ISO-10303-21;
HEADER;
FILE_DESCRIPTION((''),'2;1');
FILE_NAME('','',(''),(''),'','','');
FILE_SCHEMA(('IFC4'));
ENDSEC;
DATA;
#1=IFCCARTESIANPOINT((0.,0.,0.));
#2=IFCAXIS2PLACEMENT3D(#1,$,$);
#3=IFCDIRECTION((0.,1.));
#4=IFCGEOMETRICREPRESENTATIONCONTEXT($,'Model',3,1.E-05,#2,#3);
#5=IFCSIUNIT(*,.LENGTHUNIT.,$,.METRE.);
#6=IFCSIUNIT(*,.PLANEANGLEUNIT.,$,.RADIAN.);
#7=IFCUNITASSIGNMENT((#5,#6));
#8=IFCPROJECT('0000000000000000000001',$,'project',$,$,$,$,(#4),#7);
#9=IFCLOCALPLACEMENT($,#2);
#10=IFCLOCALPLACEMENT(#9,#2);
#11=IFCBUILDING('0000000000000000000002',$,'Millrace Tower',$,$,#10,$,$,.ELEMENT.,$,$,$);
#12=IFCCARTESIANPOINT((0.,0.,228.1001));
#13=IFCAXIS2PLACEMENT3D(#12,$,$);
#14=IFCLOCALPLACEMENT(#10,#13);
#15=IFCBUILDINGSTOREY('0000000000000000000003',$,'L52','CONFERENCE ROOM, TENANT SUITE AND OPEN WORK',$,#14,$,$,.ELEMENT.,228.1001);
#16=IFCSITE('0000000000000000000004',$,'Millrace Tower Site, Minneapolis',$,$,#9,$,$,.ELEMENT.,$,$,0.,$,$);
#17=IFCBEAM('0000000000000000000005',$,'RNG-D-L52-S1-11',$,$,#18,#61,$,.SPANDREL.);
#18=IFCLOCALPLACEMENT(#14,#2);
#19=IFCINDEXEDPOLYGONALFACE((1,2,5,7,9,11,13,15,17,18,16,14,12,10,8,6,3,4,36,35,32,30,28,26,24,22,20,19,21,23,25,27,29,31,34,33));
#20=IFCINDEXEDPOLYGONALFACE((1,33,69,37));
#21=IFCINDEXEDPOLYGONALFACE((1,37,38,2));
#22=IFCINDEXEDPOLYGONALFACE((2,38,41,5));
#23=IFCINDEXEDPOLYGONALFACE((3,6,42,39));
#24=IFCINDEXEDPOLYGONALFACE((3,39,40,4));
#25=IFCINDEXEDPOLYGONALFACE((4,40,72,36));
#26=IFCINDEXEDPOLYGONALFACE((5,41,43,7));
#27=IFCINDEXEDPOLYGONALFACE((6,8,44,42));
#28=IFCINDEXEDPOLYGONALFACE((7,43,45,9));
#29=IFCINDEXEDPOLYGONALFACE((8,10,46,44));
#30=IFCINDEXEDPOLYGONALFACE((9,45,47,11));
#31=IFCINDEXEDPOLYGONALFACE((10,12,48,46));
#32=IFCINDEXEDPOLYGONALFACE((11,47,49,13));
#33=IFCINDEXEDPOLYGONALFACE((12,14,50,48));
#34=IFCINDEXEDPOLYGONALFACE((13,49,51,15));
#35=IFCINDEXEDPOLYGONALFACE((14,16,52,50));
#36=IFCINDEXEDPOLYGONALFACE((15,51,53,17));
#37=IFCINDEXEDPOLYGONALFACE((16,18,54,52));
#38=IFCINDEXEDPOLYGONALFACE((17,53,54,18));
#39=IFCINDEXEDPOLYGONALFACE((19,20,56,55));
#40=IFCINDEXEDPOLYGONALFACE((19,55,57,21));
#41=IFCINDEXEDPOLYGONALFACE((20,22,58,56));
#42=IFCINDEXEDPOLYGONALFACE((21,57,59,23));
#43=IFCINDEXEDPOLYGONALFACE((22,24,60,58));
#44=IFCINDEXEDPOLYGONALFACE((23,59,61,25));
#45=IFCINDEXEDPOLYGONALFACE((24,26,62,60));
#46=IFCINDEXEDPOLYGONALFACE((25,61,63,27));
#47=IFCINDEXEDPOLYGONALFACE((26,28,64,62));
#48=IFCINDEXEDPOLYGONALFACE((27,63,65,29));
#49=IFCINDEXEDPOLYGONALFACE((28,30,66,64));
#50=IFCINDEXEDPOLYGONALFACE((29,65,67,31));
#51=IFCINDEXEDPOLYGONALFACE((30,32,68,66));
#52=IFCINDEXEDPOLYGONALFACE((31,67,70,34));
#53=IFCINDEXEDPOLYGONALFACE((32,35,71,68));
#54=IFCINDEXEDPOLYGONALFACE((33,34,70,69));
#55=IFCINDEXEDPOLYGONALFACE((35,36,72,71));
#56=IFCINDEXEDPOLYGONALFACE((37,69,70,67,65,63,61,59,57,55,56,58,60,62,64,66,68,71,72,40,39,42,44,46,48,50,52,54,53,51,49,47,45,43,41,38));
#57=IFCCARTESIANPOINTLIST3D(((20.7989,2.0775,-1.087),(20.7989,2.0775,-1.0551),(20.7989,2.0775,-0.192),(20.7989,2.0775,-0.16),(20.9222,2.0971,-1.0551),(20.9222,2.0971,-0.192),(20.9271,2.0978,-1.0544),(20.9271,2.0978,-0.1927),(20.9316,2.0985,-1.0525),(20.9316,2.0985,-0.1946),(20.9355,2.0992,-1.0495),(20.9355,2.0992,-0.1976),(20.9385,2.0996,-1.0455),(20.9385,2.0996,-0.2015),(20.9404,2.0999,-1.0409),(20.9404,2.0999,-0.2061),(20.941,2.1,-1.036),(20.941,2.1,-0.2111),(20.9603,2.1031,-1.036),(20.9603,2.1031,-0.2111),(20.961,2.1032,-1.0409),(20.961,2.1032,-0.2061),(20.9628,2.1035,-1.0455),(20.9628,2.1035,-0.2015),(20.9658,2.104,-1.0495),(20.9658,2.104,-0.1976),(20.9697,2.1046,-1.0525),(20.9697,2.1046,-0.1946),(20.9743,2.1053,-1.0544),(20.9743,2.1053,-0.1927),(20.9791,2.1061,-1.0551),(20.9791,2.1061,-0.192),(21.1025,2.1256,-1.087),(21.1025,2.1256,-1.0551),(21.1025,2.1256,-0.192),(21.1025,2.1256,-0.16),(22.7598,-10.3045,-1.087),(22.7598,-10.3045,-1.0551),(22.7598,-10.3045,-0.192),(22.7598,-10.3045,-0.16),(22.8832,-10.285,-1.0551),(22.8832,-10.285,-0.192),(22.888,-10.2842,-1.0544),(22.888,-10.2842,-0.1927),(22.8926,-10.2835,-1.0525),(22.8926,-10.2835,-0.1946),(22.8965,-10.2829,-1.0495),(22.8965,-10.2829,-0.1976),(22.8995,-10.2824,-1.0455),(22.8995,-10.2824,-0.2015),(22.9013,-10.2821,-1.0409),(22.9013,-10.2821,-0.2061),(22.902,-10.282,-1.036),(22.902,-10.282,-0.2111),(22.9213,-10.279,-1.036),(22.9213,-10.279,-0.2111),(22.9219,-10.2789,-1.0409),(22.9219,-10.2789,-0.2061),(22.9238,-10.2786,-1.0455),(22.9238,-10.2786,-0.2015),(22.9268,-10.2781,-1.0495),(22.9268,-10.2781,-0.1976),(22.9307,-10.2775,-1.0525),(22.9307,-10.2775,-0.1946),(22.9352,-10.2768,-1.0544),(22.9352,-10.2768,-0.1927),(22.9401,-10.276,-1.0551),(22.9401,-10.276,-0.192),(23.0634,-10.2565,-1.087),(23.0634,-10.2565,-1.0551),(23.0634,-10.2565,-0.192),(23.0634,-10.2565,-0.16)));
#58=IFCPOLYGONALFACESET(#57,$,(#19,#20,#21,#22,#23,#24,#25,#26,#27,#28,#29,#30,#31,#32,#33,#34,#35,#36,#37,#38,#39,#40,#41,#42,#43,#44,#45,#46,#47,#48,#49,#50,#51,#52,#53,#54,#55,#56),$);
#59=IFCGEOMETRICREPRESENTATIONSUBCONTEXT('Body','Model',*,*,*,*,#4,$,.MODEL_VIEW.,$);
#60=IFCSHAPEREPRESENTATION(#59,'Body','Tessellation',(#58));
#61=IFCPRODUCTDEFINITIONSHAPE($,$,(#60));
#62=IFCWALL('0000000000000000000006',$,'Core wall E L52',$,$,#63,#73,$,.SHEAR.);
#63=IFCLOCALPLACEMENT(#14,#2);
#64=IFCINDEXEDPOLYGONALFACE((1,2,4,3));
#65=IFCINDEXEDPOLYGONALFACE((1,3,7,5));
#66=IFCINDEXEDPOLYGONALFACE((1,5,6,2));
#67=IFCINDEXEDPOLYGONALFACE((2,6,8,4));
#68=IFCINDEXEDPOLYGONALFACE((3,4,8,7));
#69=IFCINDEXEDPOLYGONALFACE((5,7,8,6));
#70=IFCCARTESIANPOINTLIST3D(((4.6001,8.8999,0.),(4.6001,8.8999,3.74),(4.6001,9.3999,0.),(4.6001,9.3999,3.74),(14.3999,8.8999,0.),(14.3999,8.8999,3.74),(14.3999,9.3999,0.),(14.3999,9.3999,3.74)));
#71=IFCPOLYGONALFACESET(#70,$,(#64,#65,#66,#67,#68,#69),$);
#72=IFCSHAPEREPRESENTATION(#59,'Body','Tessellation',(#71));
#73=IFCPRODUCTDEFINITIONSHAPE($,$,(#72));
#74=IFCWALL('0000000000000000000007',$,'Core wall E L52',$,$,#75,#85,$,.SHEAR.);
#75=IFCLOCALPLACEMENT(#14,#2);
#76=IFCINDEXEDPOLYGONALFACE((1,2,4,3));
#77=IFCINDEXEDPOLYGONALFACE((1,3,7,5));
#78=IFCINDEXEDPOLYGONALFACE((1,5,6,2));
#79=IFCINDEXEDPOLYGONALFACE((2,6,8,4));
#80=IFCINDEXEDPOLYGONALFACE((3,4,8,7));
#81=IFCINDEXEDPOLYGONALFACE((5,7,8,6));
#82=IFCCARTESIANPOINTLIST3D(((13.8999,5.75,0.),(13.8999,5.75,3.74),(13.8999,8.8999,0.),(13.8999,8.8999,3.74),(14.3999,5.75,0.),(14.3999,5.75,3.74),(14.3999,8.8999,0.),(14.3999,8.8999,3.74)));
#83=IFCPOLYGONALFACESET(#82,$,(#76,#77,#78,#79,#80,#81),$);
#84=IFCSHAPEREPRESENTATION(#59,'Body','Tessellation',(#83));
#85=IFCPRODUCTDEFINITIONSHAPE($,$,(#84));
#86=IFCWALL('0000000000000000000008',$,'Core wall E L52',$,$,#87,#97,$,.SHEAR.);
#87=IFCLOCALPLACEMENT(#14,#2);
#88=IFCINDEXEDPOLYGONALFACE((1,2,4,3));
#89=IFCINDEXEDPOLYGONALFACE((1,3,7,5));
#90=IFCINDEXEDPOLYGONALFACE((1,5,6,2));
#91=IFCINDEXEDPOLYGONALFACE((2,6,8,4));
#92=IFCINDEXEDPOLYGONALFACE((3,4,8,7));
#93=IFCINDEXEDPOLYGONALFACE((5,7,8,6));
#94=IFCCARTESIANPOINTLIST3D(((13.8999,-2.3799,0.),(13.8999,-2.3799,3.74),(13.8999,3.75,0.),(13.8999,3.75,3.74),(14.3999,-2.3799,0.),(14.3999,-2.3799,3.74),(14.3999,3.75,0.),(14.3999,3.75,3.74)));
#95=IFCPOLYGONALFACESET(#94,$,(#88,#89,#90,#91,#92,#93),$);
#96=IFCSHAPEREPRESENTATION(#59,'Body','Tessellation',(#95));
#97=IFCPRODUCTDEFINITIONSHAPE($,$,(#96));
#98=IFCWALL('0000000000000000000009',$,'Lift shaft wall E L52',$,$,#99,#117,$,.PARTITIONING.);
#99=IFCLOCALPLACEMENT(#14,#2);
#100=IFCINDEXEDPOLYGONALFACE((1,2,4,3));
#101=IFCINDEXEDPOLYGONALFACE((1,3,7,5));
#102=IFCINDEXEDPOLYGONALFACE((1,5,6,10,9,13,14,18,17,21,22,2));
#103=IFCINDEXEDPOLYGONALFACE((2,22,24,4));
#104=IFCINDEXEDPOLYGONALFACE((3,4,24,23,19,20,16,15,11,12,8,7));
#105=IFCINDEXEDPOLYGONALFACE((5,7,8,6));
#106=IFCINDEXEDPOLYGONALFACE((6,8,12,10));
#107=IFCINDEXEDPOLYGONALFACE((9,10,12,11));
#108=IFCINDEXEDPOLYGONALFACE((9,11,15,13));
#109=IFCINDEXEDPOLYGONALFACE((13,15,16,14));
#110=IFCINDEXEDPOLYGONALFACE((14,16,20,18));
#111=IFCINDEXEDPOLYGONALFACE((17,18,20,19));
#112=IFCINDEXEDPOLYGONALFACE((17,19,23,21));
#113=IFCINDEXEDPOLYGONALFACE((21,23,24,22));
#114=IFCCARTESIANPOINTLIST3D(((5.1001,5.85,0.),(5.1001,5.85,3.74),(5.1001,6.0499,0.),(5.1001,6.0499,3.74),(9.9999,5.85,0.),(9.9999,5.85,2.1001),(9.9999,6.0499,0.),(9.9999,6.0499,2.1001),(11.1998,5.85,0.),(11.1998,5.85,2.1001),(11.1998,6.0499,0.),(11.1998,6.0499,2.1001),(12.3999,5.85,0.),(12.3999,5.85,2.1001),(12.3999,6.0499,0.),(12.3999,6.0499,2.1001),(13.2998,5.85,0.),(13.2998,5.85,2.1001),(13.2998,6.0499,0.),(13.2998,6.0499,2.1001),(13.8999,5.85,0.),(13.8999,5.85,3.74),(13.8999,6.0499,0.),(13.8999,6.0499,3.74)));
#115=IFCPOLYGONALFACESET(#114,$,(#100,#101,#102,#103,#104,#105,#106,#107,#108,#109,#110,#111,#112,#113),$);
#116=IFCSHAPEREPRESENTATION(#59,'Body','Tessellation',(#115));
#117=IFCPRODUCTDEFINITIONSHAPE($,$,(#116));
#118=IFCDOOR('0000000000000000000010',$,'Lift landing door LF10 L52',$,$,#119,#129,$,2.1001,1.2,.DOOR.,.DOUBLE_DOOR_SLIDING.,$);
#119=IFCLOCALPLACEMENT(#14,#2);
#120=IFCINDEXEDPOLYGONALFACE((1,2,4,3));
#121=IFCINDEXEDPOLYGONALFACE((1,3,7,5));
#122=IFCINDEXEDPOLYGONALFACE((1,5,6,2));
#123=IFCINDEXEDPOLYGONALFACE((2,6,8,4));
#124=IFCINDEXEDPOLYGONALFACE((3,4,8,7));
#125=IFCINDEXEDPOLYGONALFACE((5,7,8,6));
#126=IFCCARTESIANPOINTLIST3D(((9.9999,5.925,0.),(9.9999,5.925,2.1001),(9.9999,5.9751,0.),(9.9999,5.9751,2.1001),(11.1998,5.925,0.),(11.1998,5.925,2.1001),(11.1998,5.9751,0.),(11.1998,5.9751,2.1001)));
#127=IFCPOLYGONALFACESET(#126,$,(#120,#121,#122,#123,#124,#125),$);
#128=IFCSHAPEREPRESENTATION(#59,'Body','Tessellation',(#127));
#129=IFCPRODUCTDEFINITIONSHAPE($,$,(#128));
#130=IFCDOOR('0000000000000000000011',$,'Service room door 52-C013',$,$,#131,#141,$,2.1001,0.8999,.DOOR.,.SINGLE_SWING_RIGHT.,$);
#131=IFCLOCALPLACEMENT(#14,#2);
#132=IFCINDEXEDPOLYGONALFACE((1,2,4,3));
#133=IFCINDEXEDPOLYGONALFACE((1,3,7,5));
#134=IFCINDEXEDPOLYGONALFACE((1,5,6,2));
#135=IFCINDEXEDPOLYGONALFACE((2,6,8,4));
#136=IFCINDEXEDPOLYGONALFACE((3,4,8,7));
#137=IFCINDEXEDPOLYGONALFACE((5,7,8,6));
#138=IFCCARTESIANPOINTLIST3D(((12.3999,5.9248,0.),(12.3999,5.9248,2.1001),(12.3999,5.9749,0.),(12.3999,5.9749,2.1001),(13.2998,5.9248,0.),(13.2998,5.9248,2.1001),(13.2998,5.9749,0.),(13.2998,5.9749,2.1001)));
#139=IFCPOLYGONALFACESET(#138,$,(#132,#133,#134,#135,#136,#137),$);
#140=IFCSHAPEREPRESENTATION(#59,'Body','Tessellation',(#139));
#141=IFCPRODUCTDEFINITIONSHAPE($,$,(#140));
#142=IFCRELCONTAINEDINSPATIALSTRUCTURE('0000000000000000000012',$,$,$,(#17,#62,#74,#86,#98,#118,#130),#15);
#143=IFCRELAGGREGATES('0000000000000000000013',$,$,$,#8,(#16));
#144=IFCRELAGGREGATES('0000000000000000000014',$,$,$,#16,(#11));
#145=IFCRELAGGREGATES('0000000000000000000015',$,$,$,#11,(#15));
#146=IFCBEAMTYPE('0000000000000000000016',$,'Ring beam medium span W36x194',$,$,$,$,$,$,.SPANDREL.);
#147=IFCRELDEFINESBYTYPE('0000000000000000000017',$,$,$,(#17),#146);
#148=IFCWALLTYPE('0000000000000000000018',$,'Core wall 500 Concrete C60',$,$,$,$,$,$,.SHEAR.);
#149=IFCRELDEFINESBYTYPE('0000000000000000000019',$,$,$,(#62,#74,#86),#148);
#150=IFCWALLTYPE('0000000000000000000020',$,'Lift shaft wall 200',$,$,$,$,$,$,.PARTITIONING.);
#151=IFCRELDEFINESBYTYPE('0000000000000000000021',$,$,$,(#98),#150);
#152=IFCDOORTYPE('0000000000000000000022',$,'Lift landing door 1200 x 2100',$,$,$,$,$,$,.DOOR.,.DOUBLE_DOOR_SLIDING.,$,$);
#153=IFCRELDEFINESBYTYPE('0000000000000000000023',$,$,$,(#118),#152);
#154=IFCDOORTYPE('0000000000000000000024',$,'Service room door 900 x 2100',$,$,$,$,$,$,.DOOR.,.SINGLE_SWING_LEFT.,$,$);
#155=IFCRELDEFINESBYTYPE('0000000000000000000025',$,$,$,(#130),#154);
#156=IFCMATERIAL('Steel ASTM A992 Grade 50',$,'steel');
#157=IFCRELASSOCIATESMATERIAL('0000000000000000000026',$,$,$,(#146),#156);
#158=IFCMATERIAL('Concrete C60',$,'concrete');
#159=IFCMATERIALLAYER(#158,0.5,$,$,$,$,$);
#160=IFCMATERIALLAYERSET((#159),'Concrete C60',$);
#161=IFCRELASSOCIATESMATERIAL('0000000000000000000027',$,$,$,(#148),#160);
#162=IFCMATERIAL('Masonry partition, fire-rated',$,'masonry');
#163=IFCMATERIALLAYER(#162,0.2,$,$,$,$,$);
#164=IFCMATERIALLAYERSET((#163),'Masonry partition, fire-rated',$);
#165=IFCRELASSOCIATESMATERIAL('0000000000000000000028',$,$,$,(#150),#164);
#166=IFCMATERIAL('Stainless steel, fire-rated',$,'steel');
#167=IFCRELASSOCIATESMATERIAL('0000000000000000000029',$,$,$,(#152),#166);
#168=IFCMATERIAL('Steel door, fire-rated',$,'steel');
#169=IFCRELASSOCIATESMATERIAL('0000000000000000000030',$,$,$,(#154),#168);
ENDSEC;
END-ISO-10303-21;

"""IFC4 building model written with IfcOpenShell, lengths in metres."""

from ifc_helpers import new_model, si_unit, direction, frame, frame_2d, origin, origin_2d, place, context, subcontext, project, spatial, rectangle, i_section, extrude, material, layer, layer_set, material_profile, profile_set, type_object, element, fill, save


model = new_model("IFC4")

# Units and contexts
model_context = context("Model", 3, precision=1e-05, world=origin(), true_north=direction((0.0, 1.0)))
body_context = subcontext(model_context, "Body", "Model", "MODEL_VIEW")
ifc_project = project(units=[si_unit("LENGTHUNIT", "METRE"), si_unit("PLANEANGLEUNIT", "RADIAN")], contexts=[model_context])

# Site, building, storey
site_placement = place(None, origin())
site = spatial("IfcSite", under=ifc_project, at=site_placement, Name="Millrace Tower Site, Minneapolis", CompositionType="ELEMENT", RefElevation=0.0)
building_placement = place(site_placement, origin())
building = spatial("IfcBuilding", under=site, at=building_placement, Name="Millrace Tower", CompositionType="ELEMENT")
storey_placement = place(building_placement, frame((0.0, 0.0, 228.1001)))
storey = spatial("IfcBuildingStorey", under=building, at=storey_placement, Name="L52", Description="CONFERENCE ROOM, TENANT SUITE AND OPEN WORK", CompositionType="ELEMENT", Elevation=228.1001)

# Beam
ifc_material_1 = material(Name="Steel ASTM A992 Grade 50", Category="steel")
ifc_material_profile_1 = material_profile(ifc_material_1, i_section(OverallWidth=0.3074, OverallDepth=0.927, WebThickness=0.0195, FlangeThickness=0.032, FilletRadius=0.019, at=origin_2d()))
ifc_profile_set_1 = profile_set([ifc_material_profile_1], Name="Steel ASTM A992 Grade 50")
beam_type_1 = type_object("IfcBeamType", Name="Ring beam medium span W36x194", PredefinedType="SPANDREL", material=ifc_profile_set_1)
beam_1_placement = place(storey_placement, frame((20.9507, 2.1016, -0.6235), z_axis=(0.15642, -0.987691, 0.0), x_axis=(0.987691, 0.15642, 0.0)))
element("IfcBeam", 1, at=beam_1_placement, inside=storey, type_object=beam_type_1, Name="RNG-D-L52-S1-11", PredefinedType="SPANDREL", context=body_context, shape_type="SweptSolid", body=[
    extrude(i_section(OverallWidth=0.3074, OverallDepth=0.927, WebThickness=0.0195, FlangeThickness=0.032, FilletRadius=0.019, at=origin_2d()), origin(), (0.0, 0.0, 1.0), 12.5364),
])

# Walls
ifc_material_2 = material(Name="Concrete C60", Category="concrete")
ifc_layer_1 = layer(ifc_material_2, 0.5)
ifc_layer_set_1 = layer_set([ifc_layer_1], Name="Concrete C60")
wall_type_1 = type_object("IfcWallType", Name="Core wall 500 Concrete C60", PredefinedType="SHEAR", material=ifc_layer_set_1)
wall_1_placement = place(storey_placement, frame((14.3999, 9.1499, 0.0), z_axis=(0.0, 0.0, 1.0), x_axis=(-1.0, 0.0, 0.0)))
element("IfcWall", 2, at=wall_1_placement, inside=storey, type_object=wall_type_1, Name="Core wall E L52", PredefinedType="SHEAR", context=body_context, shape_type="SweptSolid", body=[
    extrude(rectangle(XDim=9.7998, YDim=0.5, at=frame_2d((4.8999, 0.0))), origin(), (0.0, 0.0, 1.0), 3.74),
])
wall_2_placement = place(storey_placement, frame((14.1499, 8.8999, 0.0), z_axis=(0.0, 0.0, 1.0), x_axis=(0.0, -1.0, 0.0)))
element("IfcWall", 3, at=wall_2_placement, inside=storey, type_object=wall_type_1, Name="Core wall E L52", PredefinedType="SHEAR", context=body_context, shape_type="SweptSolid", body=[
    extrude(rectangle(XDim=3.1499, YDim=0.5, at=frame_2d((1.575, 0.0))), origin(), (0.0, 0.0, 1.0), 3.74),
])
wall_3_placement = place(storey_placement, frame((14.1499, 3.75, 0.0), z_axis=(0.0, 0.0, 1.0), x_axis=(0.0, -1.0, 0.0)))
element("IfcWall", 4, at=wall_3_placement, inside=storey, type_object=wall_type_1, Name="Core wall E L52", PredefinedType="SHEAR", context=body_context, shape_type="SweptSolid", body=[
    extrude(rectangle(XDim=6.1299, YDim=0.5, at=frame_2d((3.0649, 0.0))), origin(), (0.0, 0.0, 1.0), 3.74),
])

# Wall, openings, doors
ifc_material_3 = material(Name="Masonry partition, fire-rated", Category="masonry")
ifc_layer_2 = layer(ifc_material_3, 0.2)
ifc_layer_set_2 = layer_set([ifc_layer_2], Name="Masonry partition, fire-rated")
wall_type_2 = type_object("IfcWallType", Name="Lift shaft wall 200", PredefinedType="PARTITIONING", material=ifc_layer_set_2)
wall_4_placement = place(storey_placement, frame((13.8999, 5.95, 0.0), z_axis=(0.0, 0.0, 1.0), x_axis=(-1.0, 0.0, 0.0)))
wall_4 = element("IfcWall", 5, at=wall_4_placement, inside=storey, type_object=wall_type_2, Name="Lift shaft wall E L52", PredefinedType="PARTITIONING", context=body_context, shape_type="SweptSolid", body=[
    extrude(rectangle(XDim=8.7998, YDim=0.2, at=frame_2d((4.3999, 0.0))), origin(), (0.0, 0.0, 1.0), 3.74),
])
opening_1_placement = place(wall_4_placement, frame((2.7, 0.0, 0.0)))
opening_1 = element("IfcOpeningElement", 6, at=opening_1_placement, cuts=wall_4, PredefinedType="OPENING", context=body_context, shape_type="SweptSolid", body=[
    extrude(rectangle(XDim=1.2, YDim=2.1001, at=frame_2d((0.6001, 1.05))), frame((0.0, 0.1099, 0.0), z_axis=(0.0, -1.0, 0.0), x_axis=(1.0, 0.0, 0.0)), (0.0, 0.0, 1.0), 0.22),
])
opening_2_placement = place(wall_4_placement, frame((0.6001, 0.0, 0.0)))
opening_2 = element("IfcOpeningElement", 7, at=opening_2_placement, cuts=wall_4, PredefinedType="OPENING", context=body_context, shape_type="SweptSolid", body=[
    extrude(rectangle(XDim=0.8999, YDim=2.1001, at=frame_2d((0.45, 1.05))), frame((0.0, 0.1099, 0.0), z_axis=(0.0, -1.0, 0.0), x_axis=(1.0, 0.0, 0.0)), (0.0, 0.0, 1.0), 0.22),
])
ifc_material_4 = material(Name="Stainless steel, fire-rated", Category="steel")
door_type_1 = type_object("IfcDoorType", Name="Lift landing door 1200 x 2100", OperationType="DOUBLE_DOOR_SLIDING", PredefinedType="DOOR", material=ifc_material_4)
door_1_placement = place(opening_1_placement, origin())
door_1 = element("IfcDoor", 8, at=door_1_placement, inside=storey, type_object=door_type_1, Name="Lift landing door LF10 L52", OperationType="DOUBLE_DOOR_SLIDING", OverallHeight=2.1001, OverallWidth=1.2, PredefinedType="DOOR", context=body_context, shape_type="SweptSolid", body=[
    extrude(rectangle(XDim=1.2, YDim=2.1001, at=frame_2d((0.6001, 1.05))), frame((0.0, 0.0249, 0.0), z_axis=(0.0, -1.0, 0.0), x_axis=(1.0, 0.0, 0.0)), (0.0, 0.0, 1.0), 0.05),
])
fill(opening_1, door_1)
ifc_material_5 = material(Name="Steel door, fire-rated", Category="steel")
door_type_2 = type_object("IfcDoorType", Name="Service room door 900 x 2100", OperationType="SINGLE_SWING_LEFT", PredefinedType="DOOR", material=ifc_material_5)
door_2_placement = place(opening_2_placement, frame((0.8999, 0.0, 0.0), z_axis=(0.0, 0.0, 1.0), x_axis=(-1.0, 0.0, 0.0)))
door_2 = element("IfcDoor", 9, at=door_2_placement, inside=storey, type_object=door_type_2, Name="Service room door 52-C013", OperationType="SINGLE_SWING_RIGHT", OverallHeight=2.1001, OverallWidth=0.8999, PredefinedType="DOOR", context=body_context, shape_type="SweptSolid", body=[
    extrude(rectangle(XDim=0.8999, YDim=2.1001, at=frame_2d((0.45, 1.05))), frame((0.0, 0.0249, 0.0), z_axis=(0.0, -1.0, 0.0), x_axis=(1.0, 0.0, 0.0)), (0.0, 0.0, 1.0), 0.05),
])
fill(opening_2, door_2)

save(model, "model.ifc")
